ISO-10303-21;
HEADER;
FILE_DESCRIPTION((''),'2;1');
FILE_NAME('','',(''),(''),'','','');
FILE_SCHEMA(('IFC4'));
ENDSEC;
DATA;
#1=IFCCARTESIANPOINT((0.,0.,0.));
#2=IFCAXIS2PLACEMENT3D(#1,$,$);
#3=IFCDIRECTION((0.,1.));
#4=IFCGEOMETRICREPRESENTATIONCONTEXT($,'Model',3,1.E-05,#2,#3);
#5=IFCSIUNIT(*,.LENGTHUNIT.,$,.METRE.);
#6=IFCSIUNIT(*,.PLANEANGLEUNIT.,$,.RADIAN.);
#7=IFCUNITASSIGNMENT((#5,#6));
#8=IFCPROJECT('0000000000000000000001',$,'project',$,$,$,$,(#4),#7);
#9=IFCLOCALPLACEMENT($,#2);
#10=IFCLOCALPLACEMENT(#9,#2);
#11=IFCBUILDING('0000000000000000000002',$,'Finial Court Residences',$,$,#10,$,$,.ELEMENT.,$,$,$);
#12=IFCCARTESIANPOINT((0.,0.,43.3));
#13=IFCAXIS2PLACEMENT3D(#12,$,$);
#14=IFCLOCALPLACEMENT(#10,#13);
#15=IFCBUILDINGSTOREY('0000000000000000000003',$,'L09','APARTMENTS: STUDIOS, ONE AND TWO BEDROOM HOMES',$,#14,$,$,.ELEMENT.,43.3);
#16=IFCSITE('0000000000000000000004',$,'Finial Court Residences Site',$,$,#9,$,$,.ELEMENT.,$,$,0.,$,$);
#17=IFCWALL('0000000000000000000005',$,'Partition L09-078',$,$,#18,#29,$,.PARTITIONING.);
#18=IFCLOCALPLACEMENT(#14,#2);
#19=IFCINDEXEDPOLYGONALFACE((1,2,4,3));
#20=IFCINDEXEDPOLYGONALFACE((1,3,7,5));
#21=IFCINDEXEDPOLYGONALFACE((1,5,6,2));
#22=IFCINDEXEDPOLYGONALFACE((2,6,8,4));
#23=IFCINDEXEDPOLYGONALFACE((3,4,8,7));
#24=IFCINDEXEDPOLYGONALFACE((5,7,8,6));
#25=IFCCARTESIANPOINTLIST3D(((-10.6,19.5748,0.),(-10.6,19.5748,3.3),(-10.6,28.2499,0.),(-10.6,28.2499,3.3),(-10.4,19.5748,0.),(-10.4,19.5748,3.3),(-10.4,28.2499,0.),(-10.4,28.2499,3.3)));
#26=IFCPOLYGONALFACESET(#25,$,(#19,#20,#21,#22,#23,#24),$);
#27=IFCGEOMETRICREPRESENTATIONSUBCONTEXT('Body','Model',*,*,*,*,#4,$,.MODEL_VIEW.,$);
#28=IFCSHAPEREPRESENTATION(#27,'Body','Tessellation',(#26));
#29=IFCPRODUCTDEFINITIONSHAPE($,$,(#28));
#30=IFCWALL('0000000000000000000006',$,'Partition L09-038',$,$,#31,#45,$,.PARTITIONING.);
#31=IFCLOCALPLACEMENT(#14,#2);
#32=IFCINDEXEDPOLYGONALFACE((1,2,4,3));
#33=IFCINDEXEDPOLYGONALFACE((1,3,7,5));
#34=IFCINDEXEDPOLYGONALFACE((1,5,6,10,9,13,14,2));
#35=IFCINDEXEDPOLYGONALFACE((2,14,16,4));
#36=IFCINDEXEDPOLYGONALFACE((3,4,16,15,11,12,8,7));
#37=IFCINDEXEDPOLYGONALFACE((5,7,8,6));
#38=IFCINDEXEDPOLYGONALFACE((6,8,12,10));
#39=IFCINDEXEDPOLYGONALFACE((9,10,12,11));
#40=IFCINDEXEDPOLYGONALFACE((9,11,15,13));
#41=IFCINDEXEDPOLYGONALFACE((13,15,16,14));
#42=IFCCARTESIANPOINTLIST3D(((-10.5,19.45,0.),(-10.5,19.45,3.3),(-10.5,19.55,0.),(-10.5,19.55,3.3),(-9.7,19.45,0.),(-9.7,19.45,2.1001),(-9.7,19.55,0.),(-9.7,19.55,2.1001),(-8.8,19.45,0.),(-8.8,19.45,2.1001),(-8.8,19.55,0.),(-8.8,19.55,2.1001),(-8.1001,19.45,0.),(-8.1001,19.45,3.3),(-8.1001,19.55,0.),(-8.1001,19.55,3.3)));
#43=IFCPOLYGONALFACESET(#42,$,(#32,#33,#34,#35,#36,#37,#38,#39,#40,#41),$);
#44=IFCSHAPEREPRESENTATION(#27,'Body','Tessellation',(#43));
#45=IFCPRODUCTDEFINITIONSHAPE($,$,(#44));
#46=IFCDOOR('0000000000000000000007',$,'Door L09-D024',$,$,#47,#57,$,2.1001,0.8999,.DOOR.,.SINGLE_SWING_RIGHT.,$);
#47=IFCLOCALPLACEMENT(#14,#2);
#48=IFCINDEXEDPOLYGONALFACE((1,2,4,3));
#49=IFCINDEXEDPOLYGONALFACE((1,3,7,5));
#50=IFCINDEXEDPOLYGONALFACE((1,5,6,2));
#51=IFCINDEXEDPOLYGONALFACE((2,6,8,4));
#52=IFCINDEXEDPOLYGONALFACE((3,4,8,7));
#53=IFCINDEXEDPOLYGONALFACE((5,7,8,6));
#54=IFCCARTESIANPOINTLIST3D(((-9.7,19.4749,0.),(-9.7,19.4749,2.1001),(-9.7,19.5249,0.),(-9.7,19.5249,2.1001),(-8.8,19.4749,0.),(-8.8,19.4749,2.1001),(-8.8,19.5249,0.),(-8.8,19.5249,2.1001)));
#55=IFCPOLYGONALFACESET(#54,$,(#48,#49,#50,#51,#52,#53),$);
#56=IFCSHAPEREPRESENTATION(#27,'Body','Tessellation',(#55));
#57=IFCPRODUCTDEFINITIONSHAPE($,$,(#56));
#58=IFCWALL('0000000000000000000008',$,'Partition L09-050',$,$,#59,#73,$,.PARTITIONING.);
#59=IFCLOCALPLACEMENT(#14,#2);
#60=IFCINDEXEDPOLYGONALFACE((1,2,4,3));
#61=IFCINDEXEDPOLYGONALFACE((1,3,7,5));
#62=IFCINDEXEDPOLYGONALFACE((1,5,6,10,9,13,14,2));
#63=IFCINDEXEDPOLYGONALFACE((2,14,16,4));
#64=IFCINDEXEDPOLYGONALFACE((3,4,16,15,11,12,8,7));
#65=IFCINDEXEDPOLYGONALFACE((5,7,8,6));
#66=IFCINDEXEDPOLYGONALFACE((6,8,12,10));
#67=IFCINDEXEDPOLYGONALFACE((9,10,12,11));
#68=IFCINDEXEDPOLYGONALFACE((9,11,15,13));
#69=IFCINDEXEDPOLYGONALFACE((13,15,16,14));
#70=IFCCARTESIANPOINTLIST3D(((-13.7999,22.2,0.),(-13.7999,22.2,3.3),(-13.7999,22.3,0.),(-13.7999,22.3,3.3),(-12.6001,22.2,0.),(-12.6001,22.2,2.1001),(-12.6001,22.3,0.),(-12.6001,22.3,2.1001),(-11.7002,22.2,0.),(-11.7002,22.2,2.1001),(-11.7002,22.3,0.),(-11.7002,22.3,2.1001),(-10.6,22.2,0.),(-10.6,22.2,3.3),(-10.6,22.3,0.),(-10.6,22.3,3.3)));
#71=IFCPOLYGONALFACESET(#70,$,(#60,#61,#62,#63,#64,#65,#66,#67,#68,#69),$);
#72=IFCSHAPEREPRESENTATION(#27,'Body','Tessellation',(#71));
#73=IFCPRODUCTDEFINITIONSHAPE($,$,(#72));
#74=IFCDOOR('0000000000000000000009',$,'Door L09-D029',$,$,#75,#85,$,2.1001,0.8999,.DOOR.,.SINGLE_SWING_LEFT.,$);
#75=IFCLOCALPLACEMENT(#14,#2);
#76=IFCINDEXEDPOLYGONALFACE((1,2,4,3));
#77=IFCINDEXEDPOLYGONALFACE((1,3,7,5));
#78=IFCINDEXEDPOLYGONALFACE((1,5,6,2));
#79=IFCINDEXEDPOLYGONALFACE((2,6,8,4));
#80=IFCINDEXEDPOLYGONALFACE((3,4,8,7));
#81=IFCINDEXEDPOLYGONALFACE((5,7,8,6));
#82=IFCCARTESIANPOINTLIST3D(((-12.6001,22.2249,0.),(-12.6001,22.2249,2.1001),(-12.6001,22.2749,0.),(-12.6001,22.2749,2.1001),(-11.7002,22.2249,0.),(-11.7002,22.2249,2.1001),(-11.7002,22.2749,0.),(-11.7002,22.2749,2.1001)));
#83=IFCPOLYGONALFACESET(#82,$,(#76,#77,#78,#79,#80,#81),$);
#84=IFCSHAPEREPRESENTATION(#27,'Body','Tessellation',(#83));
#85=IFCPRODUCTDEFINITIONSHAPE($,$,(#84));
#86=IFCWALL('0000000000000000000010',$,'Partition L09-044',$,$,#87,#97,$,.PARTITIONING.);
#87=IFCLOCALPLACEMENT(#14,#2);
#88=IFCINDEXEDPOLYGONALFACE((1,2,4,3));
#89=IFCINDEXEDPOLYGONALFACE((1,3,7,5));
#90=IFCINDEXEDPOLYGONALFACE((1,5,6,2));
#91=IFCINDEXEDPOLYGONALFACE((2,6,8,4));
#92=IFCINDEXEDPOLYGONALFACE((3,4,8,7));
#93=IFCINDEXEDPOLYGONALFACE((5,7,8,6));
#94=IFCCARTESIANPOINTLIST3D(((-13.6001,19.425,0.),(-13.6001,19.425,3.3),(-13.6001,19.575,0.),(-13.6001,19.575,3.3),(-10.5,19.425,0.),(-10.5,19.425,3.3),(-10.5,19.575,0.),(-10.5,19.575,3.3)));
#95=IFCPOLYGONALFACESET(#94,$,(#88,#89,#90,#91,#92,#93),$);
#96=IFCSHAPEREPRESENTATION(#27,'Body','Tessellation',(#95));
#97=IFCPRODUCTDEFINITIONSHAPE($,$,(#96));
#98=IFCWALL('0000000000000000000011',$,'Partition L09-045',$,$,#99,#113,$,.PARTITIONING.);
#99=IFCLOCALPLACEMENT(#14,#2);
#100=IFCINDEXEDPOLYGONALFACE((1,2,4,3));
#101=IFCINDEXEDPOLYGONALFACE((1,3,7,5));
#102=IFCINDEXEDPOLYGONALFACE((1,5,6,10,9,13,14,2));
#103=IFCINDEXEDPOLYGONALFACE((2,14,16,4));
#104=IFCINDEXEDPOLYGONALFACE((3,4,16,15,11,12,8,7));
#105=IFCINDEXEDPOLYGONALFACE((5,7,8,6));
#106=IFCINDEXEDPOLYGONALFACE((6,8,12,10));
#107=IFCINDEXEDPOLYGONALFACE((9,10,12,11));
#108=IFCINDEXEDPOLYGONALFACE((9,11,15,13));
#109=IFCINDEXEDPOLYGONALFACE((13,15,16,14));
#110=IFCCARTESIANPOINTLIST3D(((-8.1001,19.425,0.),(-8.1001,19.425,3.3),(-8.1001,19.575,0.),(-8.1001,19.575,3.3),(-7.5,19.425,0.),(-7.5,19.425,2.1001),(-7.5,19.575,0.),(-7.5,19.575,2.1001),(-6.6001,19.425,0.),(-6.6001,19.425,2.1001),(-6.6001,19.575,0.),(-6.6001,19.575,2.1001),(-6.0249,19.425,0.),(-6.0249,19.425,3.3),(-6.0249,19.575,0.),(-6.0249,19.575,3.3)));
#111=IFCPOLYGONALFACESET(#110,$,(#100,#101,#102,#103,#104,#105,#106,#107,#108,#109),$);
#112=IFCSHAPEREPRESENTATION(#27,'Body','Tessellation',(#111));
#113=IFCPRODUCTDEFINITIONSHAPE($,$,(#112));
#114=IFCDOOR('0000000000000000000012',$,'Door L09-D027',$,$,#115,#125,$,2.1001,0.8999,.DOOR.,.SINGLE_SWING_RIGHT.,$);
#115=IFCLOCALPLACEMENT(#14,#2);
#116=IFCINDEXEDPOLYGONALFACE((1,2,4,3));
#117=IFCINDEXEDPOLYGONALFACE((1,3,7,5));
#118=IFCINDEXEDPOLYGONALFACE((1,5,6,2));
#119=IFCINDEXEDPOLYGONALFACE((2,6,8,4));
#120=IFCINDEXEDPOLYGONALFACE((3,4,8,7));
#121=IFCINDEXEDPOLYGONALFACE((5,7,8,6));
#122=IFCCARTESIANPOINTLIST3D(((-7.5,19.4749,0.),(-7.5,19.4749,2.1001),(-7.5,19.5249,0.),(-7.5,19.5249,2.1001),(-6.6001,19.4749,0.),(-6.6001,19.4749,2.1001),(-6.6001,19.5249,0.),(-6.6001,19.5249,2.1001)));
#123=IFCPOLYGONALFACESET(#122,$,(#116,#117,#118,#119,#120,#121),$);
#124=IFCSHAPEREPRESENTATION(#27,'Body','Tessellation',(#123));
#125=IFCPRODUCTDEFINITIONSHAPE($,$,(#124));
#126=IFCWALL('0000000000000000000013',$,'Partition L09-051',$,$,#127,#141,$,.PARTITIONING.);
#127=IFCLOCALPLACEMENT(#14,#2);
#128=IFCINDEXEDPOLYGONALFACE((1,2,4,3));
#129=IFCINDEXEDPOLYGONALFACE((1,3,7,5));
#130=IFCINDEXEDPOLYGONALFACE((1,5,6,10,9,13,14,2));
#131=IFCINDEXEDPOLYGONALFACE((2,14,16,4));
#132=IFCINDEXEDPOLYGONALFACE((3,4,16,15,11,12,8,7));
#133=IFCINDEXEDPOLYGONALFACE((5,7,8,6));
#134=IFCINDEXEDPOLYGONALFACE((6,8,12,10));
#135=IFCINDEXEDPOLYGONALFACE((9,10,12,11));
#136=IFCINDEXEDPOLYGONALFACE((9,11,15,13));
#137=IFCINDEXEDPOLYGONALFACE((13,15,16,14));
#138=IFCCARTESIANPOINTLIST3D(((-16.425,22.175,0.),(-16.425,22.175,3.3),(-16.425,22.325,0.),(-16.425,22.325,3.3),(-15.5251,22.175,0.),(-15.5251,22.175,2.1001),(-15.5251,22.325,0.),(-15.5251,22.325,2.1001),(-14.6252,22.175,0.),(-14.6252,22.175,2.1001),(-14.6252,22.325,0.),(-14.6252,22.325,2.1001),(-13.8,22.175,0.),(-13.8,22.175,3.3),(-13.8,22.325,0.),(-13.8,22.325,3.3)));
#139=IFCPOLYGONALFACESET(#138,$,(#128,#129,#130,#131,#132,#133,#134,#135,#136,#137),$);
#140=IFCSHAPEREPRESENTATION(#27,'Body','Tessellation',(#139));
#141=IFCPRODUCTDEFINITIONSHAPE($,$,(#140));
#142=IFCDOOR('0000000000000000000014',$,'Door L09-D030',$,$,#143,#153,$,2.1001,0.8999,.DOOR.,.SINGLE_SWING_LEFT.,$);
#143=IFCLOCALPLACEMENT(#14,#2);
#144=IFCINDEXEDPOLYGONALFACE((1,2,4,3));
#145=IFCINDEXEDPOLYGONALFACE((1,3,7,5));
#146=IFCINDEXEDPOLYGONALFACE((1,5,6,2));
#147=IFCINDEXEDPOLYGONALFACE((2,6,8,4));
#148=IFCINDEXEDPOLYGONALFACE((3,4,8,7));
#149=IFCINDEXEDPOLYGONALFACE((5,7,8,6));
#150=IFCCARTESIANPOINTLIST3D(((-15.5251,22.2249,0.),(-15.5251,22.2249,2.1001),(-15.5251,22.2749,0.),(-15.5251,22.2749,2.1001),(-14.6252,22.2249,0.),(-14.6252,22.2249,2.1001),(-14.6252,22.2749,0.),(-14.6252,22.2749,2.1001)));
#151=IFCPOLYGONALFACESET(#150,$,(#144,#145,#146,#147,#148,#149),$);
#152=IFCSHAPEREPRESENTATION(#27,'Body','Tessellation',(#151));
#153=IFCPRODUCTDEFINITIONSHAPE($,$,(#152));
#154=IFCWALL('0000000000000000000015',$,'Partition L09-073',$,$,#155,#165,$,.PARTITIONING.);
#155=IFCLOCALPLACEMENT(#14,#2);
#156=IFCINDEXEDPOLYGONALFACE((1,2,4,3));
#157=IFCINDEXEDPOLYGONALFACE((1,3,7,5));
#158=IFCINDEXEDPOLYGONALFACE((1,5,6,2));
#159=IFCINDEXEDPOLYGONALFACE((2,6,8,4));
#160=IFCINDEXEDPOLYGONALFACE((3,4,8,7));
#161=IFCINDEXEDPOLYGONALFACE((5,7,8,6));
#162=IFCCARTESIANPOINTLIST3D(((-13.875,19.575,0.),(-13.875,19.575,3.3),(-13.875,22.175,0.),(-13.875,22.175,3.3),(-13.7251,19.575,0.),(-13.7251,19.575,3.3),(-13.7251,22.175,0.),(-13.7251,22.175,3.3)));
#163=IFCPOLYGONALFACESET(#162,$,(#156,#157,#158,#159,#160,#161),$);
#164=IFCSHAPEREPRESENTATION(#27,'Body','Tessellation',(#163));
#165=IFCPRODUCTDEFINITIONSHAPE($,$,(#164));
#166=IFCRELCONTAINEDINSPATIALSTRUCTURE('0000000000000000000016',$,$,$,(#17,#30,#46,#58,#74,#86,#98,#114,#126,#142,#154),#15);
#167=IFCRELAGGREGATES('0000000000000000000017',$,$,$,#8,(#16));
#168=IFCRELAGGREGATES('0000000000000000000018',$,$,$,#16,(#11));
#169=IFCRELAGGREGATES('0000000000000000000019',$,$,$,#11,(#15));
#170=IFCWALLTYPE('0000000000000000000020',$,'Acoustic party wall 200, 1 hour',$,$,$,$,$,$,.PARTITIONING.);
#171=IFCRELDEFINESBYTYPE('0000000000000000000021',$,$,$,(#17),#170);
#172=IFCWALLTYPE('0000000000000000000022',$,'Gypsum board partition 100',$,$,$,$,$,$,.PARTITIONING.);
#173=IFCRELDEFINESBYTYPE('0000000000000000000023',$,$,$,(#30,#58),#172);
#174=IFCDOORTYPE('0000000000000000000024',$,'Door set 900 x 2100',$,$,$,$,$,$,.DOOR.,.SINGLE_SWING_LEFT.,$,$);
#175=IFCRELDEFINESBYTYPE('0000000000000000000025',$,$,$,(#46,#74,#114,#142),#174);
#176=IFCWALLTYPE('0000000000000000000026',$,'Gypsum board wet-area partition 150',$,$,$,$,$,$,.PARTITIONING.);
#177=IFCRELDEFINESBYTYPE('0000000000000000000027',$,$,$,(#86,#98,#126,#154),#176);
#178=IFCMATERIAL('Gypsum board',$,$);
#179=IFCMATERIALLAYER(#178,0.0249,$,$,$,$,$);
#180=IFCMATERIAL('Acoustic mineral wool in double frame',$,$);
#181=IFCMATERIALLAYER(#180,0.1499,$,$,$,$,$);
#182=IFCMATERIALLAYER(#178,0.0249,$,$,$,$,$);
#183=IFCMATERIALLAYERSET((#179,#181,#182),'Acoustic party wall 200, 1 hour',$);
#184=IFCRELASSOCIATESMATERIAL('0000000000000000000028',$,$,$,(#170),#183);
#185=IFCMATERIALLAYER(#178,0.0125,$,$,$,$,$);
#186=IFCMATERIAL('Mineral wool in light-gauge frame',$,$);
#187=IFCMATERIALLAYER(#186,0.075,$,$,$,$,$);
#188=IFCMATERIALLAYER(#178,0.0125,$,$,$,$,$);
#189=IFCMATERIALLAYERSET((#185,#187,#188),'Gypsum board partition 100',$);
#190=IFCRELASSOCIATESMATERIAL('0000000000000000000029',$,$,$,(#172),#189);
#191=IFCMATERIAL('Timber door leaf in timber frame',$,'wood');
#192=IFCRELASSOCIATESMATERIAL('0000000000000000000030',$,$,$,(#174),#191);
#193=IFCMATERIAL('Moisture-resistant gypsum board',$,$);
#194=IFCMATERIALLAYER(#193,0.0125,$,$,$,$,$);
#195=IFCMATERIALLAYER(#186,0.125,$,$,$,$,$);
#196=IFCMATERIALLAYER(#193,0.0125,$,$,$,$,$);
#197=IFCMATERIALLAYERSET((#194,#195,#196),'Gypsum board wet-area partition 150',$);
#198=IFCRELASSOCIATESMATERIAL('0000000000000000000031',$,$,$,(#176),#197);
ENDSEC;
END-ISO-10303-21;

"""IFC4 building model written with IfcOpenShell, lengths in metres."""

from ifc_helpers import new_model, si_unit, direction, frame, frame_2d, origin, place, context, subcontext, project, spatial, rectangle, extrude, material, layer, layer_set, type_object, element, fill, save


model = new_model("IFC4")

# Units and contexts
model_context = context("Model", 3, precision=1e-05, world=origin(), true_north=direction((0.0, 1.0)))
body_context = subcontext(model_context, "Body", "Model", "MODEL_VIEW")
ifc_project = project(units=[si_unit("LENGTHUNIT", "METRE"), si_unit("PLANEANGLEUNIT", "RADIAN")], contexts=[model_context])

# Site, building, storey
site_placement = place(None, origin())
site = spatial("IfcSite", under=ifc_project, at=site_placement, Name="Finial Court Residences Site", CompositionType="ELEMENT", RefElevation=0.0)
building_placement = place(site_placement, origin())
building = spatial("IfcBuilding", under=site, at=building_placement, Name="Finial Court Residences", CompositionType="ELEMENT")
storey_placement = place(building_placement, frame((0.0, 0.0, 43.3)))
storey = spatial("IfcBuildingStorey", under=building, at=storey_placement, Name="L09", Description="APARTMENTS: STUDIOS, ONE AND TWO BEDROOM HOMES", CompositionType="ELEMENT", Elevation=43.3)

# Wall
ifc_material_1 = material(Name="Gypsum board")
ifc_layer_1 = layer(ifc_material_1, 0.0249)
ifc_material_2 = material(Name="Acoustic mineral wool in double frame")
ifc_layer_2 = layer(ifc_material_2, 0.1499)
ifc_layer_3 = layer(ifc_material_1, 0.0249)
ifc_layer_set_1 = layer_set([ifc_layer_1, ifc_layer_2, ifc_layer_3], Name="Acoustic party wall 200, 1 hour")
wall_type_1 = type_object("IfcWallType", Name="Acoustic party wall 200, 1 hour", PredefinedType="PARTITIONING", material=ifc_layer_set_1)
wall_1_placement = place(storey_placement, frame((-10.5, 19.575, 0.0), z_axis=(0.0, 0.0, 1.0), x_axis=(0.0, 1.0, 0.0)))
element("IfcWall", 1, at=wall_1_placement, inside=storey, type_object=wall_type_1, Name="Partition L09-078", PredefinedType="PARTITIONING", context=body_context, shape_type="SweptSolid", body=[
    extrude(rectangle(XDim=8.675, YDim=0.2, at=frame_2d((4.3374, 0.0))), origin(), (0.0, 0.0, 1.0), 3.3),
])

# Walls, openings, doors
ifc_layer_4 = layer(ifc_material_1, 0.0125)
ifc_material_3 = material(Name="Mineral wool in light-gauge frame")
ifc_layer_5 = layer(ifc_material_3, 0.075)
ifc_layer_6 = layer(ifc_material_1, 0.0125)
ifc_layer_set_2 = layer_set([ifc_layer_4, ifc_layer_5, ifc_layer_6], Name="Gypsum board partition 100")
wall_type_2 = type_object("IfcWallType", Name="Gypsum board partition 100", PredefinedType="PARTITIONING", material=ifc_layer_set_2)
wall_2_placement = place(storey_placement, frame((-10.5, 19.5, 0.0), z_axis=(0.0, 0.0, 1.0), x_axis=(1.0, 0.0, 0.0)))
wall_2 = element("IfcWall", 2, at=wall_2_placement, inside=storey, type_object=wall_type_2, Name="Partition L09-038", PredefinedType="PARTITIONING", context=body_context, shape_type="SweptSolid", body=[
    extrude(rectangle(XDim=2.3999, YDim=0.1001, at=frame_2d((1.2, 0.0))), origin(), (0.0, 0.0, 1.0), 3.3),
])
opening_1_placement = place(wall_2_placement, frame((0.8, 0.0, 0.0)))
opening_1 = element("IfcOpeningElement", 3, at=opening_1_placement, cuts=wall_2, PredefinedType="OPENING", context=body_context, shape_type="SweptSolid", body=[
    extrude(rectangle(XDim=0.8999, YDim=2.1001, at=frame_2d((0.45, 1.05))), frame((0.0, 0.0601, 0.0), z_axis=(0.0, -1.0, 0.0), x_axis=(1.0, 0.0, 0.0)), (0.0, 0.0, 1.0), 0.1201),
])
ifc_material_4 = material(Name="Timber door leaf in timber frame", Category="wood")
door_type = type_object("IfcDoorType", Name="Door set 900 x 2100", OperationType="SINGLE_SWING_LEFT", PredefinedType="DOOR", material=ifc_material_4)
door_1_placement = place(opening_1_placement, origin())
door_1 = element("IfcDoor", 4, at=door_1_placement, inside=storey, type_object=door_type, Name="Door L09-D024", OperationType="SINGLE_SWING_RIGHT", OverallHeight=2.1001, OverallWidth=0.8999, PredefinedType="DOOR", context=body_context, shape_type="SweptSolid", body=[
    extrude(rectangle(XDim=0.8999, YDim=2.1001, at=frame_2d((0.45, 1.05))), frame((0.0, 0.0249, 0.0), z_axis=(0.0, -1.0, 0.0), x_axis=(1.0, 0.0, 0.0)), (0.0, 0.0, 1.0), 0.05),
])
fill(opening_1, door_1)
wall_3_placement = place(storey_placement, frame((-13.8, 22.25, 0.0), z_axis=(0.0, 0.0, 1.0), x_axis=(1.0, 0.0, 0.0)))
wall_3 = element("IfcWall", 5, at=wall_3_placement, inside=storey, type_object=wall_type_2, Name="Partition L09-050", PredefinedType="PARTITIONING", context=body_context, shape_type="SweptSolid", body=[
    extrude(rectangle(XDim=3.2, YDim=0.1001, at=frame_2d((1.6001, 0.0))), origin(), (0.0, 0.0, 1.0), 3.3),
])
opening_2_placement = place(wall_3_placement, frame((1.2, 0.0, 0.0)))
opening_2 = element("IfcOpeningElement", 6, at=opening_2_placement, cuts=wall_3, PredefinedType="OPENING", context=body_context, shape_type="SweptSolid", body=[
    extrude(rectangle(XDim=0.8999, YDim=2.1001, at=frame_2d((0.45, 1.05))), frame((0.0, 0.0601, 0.0), z_axis=(0.0, -1.0, 0.0), x_axis=(1.0, 0.0, 0.0)), (0.0, 0.0, 1.0), 0.1201),
])
door_2_placement = place(opening_2_placement, origin())
door_2 = element("IfcDoor", 7, at=door_2_placement, inside=storey, type_object=door_type, Name="Door L09-D029", OperationType="SINGLE_SWING_LEFT", OverallHeight=2.1001, OverallWidth=0.8999, PredefinedType="DOOR", context=body_context, shape_type="SweptSolid", body=[
    extrude(rectangle(XDim=0.8999, YDim=2.1001, at=frame_2d((0.45, 1.05))), frame((0.0, 0.0249, 0.0), z_axis=(0.0, -1.0, 0.0), x_axis=(1.0, 0.0, 0.0)), (0.0, 0.0, 1.0), 0.05),
])
fill(opening_2, door_2)

# Wall
ifc_material_5 = material(Name="Moisture-resistant gypsum board")
ifc_layer_7 = layer(ifc_material_5, 0.0125)
ifc_layer_8 = layer(ifc_material_3, 0.125)
ifc_layer_9 = layer(ifc_material_5, 0.0125)
ifc_layer_set_3 = layer_set([ifc_layer_7, ifc_layer_8, ifc_layer_9], Name="Gypsum board wet-area partition 150")
wall_type_3 = type_object("IfcWallType", Name="Gypsum board wet-area partition 150", PredefinedType="PARTITIONING", material=ifc_layer_set_3)
wall_4_placement = place(storey_placement, frame((-13.6001, 19.5, 0.0), z_axis=(0.0, 0.0, 1.0), x_axis=(1.0, 0.0, 0.0)))
element("IfcWall", 8, at=wall_4_placement, inside=storey, type_object=wall_type_3, Name="Partition L09-044", PredefinedType="PARTITIONING", context=body_context, shape_type="SweptSolid", body=[
    extrude(rectangle(XDim=3.1001, YDim=0.1499, at=frame_2d((1.55, 0.0))), origin(), (0.0, 0.0, 1.0), 3.3),
])

# Walls, openings, doors
wall_5_placement = place(storey_placement, frame((-8.1001, 19.5, 0.0), z_axis=(0.0, 0.0, 1.0), x_axis=(1.0, 0.0, 0.0)))
wall_5 = element("IfcWall", 9, at=wall_5_placement, inside=storey, type_object=wall_type_3, Name="Partition L09-045", PredefinedType="PARTITIONING", context=body_context, shape_type="SweptSolid", body=[
    extrude(rectangle(XDim=2.0752, YDim=0.1499, at=frame_2d((1.0376, 0.0))), origin(), (0.0, 0.0, 1.0), 3.3),
])
opening_3_placement = place(wall_5_placement, frame((0.6001, 0.0, 0.0)))
opening_3 = element("IfcOpeningElement", 10, at=opening_3_placement, cuts=wall_5, PredefinedType="OPENING", context=body_context, shape_type="SweptSolid", body=[
    extrude(rectangle(XDim=0.8999, YDim=2.1001, at=frame_2d((0.45, 1.05))), frame((0.0, 0.085, 0.0), z_axis=(0.0, -1.0, 0.0), x_axis=(1.0, 0.0, 0.0)), (0.0, 0.0, 1.0), 0.1699),
])
door_3_placement = place(opening_3_placement, origin())
door_3 = element("IfcDoor", 11, at=door_3_placement, inside=storey, type_object=door_type, Name="Door L09-D027", OperationType="SINGLE_SWING_RIGHT", OverallHeight=2.1001, OverallWidth=0.8999, PredefinedType="DOOR", context=body_context, shape_type="SweptSolid", body=[
    extrude(rectangle(XDim=0.8999, YDim=2.1001, at=frame_2d((0.45, 1.05))), frame((0.0, 0.0249, 0.0), z_axis=(0.0, -1.0, 0.0), x_axis=(1.0, 0.0, 0.0)), (0.0, 0.0, 1.0), 0.05),
])
fill(opening_3, door_3)
wall_6_placement = place(storey_placement, frame((-16.425, 22.25, 0.0), z_axis=(0.0, 0.0, 1.0), x_axis=(1.0, 0.0, 0.0)))
wall_6 = element("IfcWall", 12, at=wall_6_placement, inside=storey, type_object=wall_type_3, Name="Partition L09-051", PredefinedType="PARTITIONING", context=body_context, shape_type="SweptSolid", body=[
    extrude(rectangle(XDim=2.625, YDim=0.1499, at=frame_2d((1.3125, 0.0))), origin(), (0.0, 0.0, 1.0), 3.3),
])
opening_4_placement = place(wall_6_placement, frame((0.8999, 0.0, 0.0)))
opening_4 = element("IfcOpeningElement", 13, at=opening_4_placement, cuts=wall_6, PredefinedType="OPENING", context=body_context, shape_type="SweptSolid", body=[
    extrude(rectangle(XDim=0.8999, YDim=2.1001, at=frame_2d((0.45, 1.05))), frame((0.0, 0.085, 0.0), z_axis=(0.0, -1.0, 0.0), x_axis=(1.0, 0.0, 0.0)), (0.0, 0.0, 1.0), 0.1699),
])
door_4_placement = place(opening_4_placement, origin())
door_4 = element("IfcDoor", 14, at=door_4_placement, inside=storey, type_object=door_type, Name="Door L09-D030", OperationType="SINGLE_SWING_LEFT", OverallHeight=2.1001, OverallWidth=0.8999, PredefinedType="DOOR", context=body_context, shape_type="SweptSolid", body=[
    extrude(rectangle(XDim=0.8999, YDim=2.1001, at=frame_2d((0.45, 1.05))), frame((0.0, 0.0249, 0.0), z_axis=(0.0, -1.0, 0.0), x_axis=(1.0, 0.0, 0.0)), (0.0, 0.0, 1.0), 0.05),
])
fill(opening_4, door_4)

# Wall
wall_7_placement = place(storey_placement, frame((-13.8, 19.575, 0.0), z_axis=(0.0, 0.0, 1.0), x_axis=(0.0, 1.0, 0.0)))
element("IfcWall", 15, at=wall_7_placement, inside=storey, type_object=wall_type_3, Name="Partition L09-073", PredefinedType="PARTITIONING", context=body_context, shape_type="SweptSolid", body=[
    extrude(rectangle(XDim=2.6001, YDim=0.1499, at=frame_2d((1.3, 0.0))), origin(), (0.0, 0.0, 1.0), 3.3),
])

save(model, "model.ifc")
